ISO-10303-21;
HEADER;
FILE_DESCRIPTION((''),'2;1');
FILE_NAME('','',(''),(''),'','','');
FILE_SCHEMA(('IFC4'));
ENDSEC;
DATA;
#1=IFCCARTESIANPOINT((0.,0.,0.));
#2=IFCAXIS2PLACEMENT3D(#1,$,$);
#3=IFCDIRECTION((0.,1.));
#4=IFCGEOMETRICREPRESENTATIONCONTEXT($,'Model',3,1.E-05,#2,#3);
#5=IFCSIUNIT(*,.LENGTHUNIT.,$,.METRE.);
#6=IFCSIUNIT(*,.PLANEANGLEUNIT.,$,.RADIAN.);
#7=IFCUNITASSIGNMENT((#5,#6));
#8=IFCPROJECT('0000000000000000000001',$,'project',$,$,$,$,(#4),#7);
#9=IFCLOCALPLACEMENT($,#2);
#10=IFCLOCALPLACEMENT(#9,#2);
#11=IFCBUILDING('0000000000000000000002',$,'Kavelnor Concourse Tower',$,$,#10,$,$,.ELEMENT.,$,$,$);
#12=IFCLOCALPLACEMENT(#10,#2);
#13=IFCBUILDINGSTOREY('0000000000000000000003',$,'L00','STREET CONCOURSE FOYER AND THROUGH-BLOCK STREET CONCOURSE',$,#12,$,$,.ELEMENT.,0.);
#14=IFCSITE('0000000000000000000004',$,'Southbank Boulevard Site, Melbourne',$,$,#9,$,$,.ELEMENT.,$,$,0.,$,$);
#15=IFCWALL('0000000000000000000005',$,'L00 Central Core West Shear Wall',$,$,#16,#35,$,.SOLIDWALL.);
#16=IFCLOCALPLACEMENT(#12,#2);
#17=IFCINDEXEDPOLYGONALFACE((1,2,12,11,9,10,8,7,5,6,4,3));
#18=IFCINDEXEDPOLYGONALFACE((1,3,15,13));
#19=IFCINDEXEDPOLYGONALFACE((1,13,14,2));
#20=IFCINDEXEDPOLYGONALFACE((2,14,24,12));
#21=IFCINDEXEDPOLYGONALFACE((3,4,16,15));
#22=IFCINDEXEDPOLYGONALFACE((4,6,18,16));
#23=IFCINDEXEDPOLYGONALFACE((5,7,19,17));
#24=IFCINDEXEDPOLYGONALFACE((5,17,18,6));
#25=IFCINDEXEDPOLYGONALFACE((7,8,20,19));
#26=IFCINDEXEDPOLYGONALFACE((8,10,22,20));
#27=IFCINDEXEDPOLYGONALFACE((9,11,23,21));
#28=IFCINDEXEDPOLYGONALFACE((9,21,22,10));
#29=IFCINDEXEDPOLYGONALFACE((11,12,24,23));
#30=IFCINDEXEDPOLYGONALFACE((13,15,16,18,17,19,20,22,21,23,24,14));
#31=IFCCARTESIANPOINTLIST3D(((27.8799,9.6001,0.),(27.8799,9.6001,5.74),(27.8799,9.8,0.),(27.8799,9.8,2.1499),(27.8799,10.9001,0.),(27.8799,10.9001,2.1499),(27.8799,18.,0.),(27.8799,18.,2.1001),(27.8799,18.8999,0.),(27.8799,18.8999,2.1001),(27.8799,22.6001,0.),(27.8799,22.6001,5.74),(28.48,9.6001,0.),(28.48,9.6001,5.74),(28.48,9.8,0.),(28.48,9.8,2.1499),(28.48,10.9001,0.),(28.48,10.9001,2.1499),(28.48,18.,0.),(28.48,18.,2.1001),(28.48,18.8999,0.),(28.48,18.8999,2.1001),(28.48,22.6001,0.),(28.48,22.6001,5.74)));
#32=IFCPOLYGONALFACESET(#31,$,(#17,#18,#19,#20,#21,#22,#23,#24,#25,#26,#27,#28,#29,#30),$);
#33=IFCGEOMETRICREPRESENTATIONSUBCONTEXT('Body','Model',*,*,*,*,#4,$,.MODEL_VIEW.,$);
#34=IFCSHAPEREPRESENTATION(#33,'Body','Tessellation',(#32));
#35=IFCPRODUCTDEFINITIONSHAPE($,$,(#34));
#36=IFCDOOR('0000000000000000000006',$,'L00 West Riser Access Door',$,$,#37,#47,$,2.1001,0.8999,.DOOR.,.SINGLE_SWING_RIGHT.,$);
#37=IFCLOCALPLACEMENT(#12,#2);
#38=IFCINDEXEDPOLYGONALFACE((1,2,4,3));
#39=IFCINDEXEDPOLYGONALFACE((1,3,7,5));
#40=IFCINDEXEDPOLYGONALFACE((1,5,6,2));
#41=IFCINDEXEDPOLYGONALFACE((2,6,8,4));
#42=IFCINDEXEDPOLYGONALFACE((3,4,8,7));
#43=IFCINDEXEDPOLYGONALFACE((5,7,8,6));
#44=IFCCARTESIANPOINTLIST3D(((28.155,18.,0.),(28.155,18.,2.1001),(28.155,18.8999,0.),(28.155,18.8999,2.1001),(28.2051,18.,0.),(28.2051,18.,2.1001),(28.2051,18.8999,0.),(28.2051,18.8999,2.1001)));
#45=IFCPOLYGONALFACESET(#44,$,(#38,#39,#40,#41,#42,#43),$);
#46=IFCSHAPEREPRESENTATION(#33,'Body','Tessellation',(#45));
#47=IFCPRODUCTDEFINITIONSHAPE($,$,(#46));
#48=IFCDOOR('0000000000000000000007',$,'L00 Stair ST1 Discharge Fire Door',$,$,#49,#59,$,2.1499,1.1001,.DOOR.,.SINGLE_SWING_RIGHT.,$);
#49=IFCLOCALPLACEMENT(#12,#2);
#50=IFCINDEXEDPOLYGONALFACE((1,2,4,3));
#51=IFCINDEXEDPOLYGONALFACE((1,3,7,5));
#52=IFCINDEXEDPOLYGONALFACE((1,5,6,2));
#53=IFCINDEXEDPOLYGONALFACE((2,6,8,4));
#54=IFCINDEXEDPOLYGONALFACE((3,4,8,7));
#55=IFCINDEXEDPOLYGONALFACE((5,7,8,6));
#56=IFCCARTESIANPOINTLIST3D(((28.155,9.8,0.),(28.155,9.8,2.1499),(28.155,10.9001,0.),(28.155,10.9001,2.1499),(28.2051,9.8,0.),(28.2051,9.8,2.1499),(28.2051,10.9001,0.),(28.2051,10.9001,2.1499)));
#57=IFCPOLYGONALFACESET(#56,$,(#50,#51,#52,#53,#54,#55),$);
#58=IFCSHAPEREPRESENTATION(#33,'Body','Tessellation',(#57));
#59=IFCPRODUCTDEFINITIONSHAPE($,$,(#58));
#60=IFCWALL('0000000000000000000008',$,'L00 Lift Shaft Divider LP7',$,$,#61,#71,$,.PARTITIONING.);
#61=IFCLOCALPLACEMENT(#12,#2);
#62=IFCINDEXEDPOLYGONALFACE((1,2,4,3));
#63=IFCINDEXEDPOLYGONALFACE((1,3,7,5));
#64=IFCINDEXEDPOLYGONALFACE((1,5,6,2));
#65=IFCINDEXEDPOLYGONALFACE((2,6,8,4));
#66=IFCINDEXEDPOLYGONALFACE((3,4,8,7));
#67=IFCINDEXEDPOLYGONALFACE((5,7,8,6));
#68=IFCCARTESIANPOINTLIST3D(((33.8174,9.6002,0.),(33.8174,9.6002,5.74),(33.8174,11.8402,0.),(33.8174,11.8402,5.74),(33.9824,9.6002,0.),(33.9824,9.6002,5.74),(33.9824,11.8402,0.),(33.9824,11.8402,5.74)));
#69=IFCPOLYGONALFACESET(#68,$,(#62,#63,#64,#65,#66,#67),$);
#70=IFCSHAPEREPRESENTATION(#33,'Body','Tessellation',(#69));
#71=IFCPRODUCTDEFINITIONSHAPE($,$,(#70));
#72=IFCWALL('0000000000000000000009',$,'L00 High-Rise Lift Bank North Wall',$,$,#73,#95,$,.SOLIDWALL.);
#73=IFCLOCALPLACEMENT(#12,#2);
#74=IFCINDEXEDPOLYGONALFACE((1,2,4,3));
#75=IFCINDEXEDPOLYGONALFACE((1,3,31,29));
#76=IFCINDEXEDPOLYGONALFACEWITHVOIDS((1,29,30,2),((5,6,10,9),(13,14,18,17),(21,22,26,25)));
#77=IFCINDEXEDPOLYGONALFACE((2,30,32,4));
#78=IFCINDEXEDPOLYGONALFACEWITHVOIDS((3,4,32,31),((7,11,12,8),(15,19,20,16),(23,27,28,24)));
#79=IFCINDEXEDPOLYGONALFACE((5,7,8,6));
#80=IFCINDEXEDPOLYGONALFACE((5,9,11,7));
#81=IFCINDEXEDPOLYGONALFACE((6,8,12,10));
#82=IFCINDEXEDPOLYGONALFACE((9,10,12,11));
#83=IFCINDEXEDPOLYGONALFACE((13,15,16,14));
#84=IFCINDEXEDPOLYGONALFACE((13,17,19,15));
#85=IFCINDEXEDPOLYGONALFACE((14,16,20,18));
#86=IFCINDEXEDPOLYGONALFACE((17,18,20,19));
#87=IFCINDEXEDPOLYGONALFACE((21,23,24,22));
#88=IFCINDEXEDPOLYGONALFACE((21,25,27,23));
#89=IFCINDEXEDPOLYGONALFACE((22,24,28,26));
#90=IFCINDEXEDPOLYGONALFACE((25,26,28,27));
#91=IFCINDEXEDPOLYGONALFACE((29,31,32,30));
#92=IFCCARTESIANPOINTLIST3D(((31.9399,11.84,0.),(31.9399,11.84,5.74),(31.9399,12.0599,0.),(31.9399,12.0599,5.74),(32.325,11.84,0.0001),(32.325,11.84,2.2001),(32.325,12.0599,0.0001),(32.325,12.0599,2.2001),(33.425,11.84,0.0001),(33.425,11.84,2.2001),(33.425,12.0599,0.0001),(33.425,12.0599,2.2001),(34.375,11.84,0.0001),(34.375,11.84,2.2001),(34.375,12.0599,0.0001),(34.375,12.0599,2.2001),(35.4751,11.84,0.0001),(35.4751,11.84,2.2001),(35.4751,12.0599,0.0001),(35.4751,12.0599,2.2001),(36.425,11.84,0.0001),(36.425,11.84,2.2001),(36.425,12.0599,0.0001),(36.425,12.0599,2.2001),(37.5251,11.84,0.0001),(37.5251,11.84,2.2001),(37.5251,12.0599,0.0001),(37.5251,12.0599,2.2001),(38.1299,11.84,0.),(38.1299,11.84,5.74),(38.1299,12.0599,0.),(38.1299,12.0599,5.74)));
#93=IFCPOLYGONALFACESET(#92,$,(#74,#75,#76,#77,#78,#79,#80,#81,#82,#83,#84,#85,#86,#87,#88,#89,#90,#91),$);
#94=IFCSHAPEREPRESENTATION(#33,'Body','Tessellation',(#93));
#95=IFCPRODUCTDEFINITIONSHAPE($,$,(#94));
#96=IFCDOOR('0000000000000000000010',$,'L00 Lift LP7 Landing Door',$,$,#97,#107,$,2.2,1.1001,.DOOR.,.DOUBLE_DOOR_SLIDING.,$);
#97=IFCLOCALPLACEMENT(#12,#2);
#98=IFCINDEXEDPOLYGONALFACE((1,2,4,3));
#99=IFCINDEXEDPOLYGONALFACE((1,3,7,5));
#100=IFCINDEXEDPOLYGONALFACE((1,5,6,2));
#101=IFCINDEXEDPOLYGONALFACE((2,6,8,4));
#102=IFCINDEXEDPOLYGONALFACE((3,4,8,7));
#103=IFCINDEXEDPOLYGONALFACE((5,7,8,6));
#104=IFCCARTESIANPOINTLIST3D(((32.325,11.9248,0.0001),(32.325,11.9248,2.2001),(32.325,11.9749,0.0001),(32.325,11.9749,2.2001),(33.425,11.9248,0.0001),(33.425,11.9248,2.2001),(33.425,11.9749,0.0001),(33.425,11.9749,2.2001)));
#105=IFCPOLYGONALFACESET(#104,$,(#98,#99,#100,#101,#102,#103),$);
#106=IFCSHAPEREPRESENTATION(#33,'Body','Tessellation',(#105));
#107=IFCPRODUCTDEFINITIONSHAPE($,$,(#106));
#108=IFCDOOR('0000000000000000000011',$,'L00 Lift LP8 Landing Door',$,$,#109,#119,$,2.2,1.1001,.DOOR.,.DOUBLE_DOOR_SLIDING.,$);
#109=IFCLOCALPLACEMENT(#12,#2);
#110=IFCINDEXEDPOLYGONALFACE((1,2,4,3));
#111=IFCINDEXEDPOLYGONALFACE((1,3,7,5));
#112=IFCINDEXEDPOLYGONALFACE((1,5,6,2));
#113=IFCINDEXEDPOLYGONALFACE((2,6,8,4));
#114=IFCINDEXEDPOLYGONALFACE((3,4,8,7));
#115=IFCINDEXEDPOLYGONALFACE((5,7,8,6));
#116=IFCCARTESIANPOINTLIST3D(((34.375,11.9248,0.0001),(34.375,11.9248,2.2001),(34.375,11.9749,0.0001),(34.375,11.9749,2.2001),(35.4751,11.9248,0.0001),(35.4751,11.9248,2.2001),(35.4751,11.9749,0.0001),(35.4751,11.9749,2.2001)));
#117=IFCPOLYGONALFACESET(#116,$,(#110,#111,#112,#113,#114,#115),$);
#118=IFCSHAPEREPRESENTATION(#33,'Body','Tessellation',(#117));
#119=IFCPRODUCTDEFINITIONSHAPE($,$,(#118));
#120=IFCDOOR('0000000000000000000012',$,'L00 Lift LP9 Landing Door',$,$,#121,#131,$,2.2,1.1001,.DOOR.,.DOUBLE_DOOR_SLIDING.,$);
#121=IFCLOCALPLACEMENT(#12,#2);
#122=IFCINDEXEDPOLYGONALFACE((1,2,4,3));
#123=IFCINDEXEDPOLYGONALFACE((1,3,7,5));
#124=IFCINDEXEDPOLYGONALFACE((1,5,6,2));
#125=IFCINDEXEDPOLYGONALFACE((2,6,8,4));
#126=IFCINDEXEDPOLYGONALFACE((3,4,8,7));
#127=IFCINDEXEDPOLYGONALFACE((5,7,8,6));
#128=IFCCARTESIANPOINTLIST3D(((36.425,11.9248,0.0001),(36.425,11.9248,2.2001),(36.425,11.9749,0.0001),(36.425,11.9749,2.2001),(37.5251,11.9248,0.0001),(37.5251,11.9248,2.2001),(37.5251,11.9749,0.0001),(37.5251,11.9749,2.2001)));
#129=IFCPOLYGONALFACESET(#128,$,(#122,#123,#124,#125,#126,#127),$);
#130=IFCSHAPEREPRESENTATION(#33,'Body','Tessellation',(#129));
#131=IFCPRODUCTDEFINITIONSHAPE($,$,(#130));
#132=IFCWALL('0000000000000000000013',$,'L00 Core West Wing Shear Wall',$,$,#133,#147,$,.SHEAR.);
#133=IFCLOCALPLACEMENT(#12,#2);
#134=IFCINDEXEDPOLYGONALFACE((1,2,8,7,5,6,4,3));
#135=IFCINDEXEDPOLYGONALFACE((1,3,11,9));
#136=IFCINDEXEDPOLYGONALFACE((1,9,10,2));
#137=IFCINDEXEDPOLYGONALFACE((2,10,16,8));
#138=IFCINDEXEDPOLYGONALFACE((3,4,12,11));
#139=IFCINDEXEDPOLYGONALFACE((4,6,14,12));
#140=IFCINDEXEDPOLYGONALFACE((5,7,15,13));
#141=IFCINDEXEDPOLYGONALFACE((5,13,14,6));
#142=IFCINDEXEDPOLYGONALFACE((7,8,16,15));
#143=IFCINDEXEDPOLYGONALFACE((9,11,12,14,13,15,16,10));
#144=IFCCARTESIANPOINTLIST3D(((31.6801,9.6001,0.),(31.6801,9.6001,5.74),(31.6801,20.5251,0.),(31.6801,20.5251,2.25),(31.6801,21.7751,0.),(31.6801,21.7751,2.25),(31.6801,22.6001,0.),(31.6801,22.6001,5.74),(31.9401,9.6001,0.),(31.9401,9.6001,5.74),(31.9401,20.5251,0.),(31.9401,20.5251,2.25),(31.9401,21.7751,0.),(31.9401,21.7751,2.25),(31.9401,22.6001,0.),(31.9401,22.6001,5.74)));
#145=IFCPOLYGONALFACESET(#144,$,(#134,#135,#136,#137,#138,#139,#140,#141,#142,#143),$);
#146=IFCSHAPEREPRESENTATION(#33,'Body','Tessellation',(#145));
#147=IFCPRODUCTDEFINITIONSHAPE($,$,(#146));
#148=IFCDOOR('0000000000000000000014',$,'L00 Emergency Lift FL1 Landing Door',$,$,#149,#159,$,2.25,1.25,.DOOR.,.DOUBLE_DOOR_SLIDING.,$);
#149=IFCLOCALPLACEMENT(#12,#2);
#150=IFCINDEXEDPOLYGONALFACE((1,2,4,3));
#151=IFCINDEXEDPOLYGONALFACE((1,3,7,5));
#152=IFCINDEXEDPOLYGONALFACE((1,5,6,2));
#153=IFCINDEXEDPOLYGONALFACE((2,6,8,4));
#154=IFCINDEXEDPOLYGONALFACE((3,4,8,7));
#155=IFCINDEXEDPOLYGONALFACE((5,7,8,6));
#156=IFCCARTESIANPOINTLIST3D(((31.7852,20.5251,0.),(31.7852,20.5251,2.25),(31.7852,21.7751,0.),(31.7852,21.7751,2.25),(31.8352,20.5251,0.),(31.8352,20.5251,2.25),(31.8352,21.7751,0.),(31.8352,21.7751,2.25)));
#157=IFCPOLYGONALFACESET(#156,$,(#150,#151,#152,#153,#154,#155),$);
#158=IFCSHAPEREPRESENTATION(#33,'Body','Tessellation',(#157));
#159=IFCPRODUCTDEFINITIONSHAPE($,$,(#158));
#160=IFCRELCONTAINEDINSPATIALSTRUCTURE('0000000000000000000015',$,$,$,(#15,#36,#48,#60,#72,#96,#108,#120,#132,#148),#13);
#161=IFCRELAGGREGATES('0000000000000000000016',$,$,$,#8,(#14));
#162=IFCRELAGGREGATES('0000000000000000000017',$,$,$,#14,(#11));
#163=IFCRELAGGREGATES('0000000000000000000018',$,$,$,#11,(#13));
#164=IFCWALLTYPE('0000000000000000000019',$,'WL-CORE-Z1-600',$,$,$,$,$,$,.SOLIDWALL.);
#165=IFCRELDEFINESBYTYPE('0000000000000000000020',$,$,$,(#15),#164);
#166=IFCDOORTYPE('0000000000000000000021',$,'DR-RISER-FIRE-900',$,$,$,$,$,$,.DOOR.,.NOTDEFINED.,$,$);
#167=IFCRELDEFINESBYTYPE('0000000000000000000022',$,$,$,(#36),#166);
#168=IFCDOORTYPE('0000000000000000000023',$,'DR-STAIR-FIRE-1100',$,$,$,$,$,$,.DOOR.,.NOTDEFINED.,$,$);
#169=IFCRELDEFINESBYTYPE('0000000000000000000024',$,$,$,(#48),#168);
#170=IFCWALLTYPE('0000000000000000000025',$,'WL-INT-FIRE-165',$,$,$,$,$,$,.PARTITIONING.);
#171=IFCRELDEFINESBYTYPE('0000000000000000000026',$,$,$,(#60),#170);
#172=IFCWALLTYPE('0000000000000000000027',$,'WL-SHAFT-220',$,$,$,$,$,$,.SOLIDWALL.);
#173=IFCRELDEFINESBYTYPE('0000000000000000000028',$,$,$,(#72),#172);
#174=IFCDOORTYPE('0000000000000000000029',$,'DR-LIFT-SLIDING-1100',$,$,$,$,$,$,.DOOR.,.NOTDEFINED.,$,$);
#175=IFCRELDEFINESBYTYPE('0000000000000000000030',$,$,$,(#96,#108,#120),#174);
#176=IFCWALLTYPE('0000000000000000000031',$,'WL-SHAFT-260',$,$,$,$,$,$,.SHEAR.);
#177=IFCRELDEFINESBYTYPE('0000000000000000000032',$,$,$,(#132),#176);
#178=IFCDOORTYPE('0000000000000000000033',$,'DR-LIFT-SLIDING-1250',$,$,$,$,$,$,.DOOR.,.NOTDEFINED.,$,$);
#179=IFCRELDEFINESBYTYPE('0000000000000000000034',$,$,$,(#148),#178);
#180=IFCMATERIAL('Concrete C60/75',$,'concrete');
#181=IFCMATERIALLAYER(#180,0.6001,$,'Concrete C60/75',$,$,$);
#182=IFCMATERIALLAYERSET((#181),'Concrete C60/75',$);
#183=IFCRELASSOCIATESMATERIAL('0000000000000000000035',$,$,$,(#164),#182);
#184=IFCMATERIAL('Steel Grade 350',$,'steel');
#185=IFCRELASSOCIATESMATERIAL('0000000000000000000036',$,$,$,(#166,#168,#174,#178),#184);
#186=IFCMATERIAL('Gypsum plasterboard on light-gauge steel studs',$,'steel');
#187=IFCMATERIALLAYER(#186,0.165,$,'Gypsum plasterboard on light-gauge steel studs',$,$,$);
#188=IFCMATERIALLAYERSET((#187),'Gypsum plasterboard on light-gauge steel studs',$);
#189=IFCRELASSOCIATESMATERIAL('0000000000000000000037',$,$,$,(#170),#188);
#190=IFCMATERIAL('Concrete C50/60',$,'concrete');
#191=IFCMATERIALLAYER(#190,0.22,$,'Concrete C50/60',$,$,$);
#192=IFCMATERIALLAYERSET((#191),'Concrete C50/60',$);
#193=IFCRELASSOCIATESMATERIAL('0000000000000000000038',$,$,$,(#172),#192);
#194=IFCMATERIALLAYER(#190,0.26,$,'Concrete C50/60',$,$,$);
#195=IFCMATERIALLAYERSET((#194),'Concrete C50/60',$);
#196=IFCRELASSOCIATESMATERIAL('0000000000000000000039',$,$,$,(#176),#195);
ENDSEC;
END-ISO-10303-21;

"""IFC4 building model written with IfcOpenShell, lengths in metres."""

from ifc_helpers import new_model, si_unit, direction, frame, frame_2d, origin, place, context, subcontext, project, spatial, rectangle, extrude, material, layer, layer_set, type_object, element, fill, save


model = new_model("IFC4")

# Units and contexts
model_context = context("Model", 3, precision=1e-05, world=origin(), true_north=direction((0.0, 1.0)))
body_context = subcontext(model_context, "Body", "Model", "MODEL_VIEW")
ifc_project = project(units=[si_unit("LENGTHUNIT", "METRE"), si_unit("PLANEANGLEUNIT", "RADIAN")], contexts=[model_context])

# Site, building, storey
site_placement = place(None, origin())
site = spatial("IfcSite", under=ifc_project, at=site_placement, Name="Southbank Boulevard Site, Melbourne", CompositionType="ELEMENT", RefElevation=0.0)
building_placement = place(site_placement, origin())
building = spatial("IfcBuilding", under=site, at=building_placement, Name="Kavelnor Concourse Tower", CompositionType="ELEMENT")
storey_placement = place(building_placement, origin())
storey = spatial("IfcBuildingStorey", under=building, at=storey_placement, Name="L00", Description="STREET CONCOURSE FOYER AND THROUGH-BLOCK STREET CONCOURSE", CompositionType="ELEMENT", Elevation=0.0)

# Wall, openings, doors
ifc_material_1 = material(Name="Concrete C60/75", Category="concrete")
ifc_layer_1 = layer(ifc_material_1, 0.6001, Name="Concrete C60/75")
ifc_layer_set_1 = layer_set([ifc_layer_1], Name="Concrete C60/75")
wall_type_1 = type_object("IfcWallType", Name="WL-CORE-Z1-600", PredefinedType="SOLIDWALL", material=ifc_layer_set_1)
wall_1_placement = place(storey_placement, frame((28.1799, 9.6001, 0.0), z_axis=(0.0, 0.0, 1.0), x_axis=(0.0, 1.0, 0.0)))
wall_1 = element("IfcWall", 1, at=wall_1_placement, inside=storey, type_object=wall_type_1, Name="L00 Central Core West Shear Wall", PredefinedType="SOLIDWALL", context=body_context, shape_type="SweptSolid", body=[
    extrude(rectangle(XDim=13.0, YDim=0.6001, at=frame_2d((6.5, 0.0))), origin(), (0.0, 0.0, 1.0), 5.74),
])
opening_1_placement = place(wall_1_placement, frame((8.3999, 0.0, 0.0)))
opening_1 = element("IfcOpeningElement", 2, at=opening_1_placement, cuts=wall_1, PredefinedType="OPENING", context=body_context, shape_type="SweptSolid", body=[
    extrude(rectangle(XDim=0.8999, YDim=2.1001, at=frame_2d((0.45, 1.05))), frame((0.0, 0.3101, 0.0), z_axis=(0.0, -1.0, 0.0), x_axis=(1.0, 0.0, 0.0)), (0.0, 0.0, 1.0), 0.6201),
])
opening_2_placement = place(wall_1_placement, frame((0.2, 0.0, 0.0)))
opening_2 = element("IfcOpeningElement", 3, at=opening_2_placement, cuts=wall_1, PredefinedType="OPENING", context=body_context, shape_type="SweptSolid", body=[
    extrude(rectangle(XDim=1.1001, YDim=2.1499, at=frame_2d((0.55, 1.075))), frame((0.0, 0.3101, 0.0), z_axis=(0.0, -1.0, 0.0), x_axis=(1.0, 0.0, 0.0)), (0.0, 0.0, 1.0), 0.6201),
])
ifc_material_2 = material(Name="Steel Grade 350", Category="steel")
door_type_1 = type_object("IfcDoorType", Name="DR-RISER-FIRE-900", OperationType="NOTDEFINED", PredefinedType="DOOR", material=ifc_material_2)
door_1_placement = place(opening_1_placement, origin())
door_1 = element("IfcDoor", 4, at=door_1_placement, inside=storey, type_object=door_type_1, Name="L00 West Riser Access Door", OperationType="SINGLE_SWING_RIGHT", OverallHeight=2.1001, OverallWidth=0.8999, PredefinedType="DOOR", context=body_context, shape_type="SweptSolid", body=[
    extrude(rectangle(XDim=0.8999, YDim=2.1001, at=frame_2d((0.45, 1.05))), frame((0.0, 0.0249, 0.0), z_axis=(0.0, -1.0, 0.0), x_axis=(1.0, 0.0, 0.0)), (0.0, 0.0, 1.0), 0.05),
])
fill(opening_1, door_1)
door_type_2 = type_object("IfcDoorType", Name="DR-STAIR-FIRE-1100", OperationType="NOTDEFINED", PredefinedType="DOOR", material=ifc_material_2)
door_2_placement = place(opening_2_placement, origin())
door_2 = element("IfcDoor", 5, at=door_2_placement, inside=storey, type_object=door_type_2, Name="L00 Stair ST1 Discharge Fire Door", OperationType="SINGLE_SWING_RIGHT", OverallHeight=2.1499, OverallWidth=1.1001, PredefinedType="DOOR", context=body_context, shape_type="SweptSolid", body=[
    extrude(rectangle(XDim=1.1001, YDim=2.1499, at=frame_2d((0.55, 1.075))), frame((0.0, 0.0249, 0.0), z_axis=(0.0, -1.0, 0.0), x_axis=(1.0, 0.0, 0.0)), (0.0, 0.0, 1.0), 0.05),
])
fill(opening_2, door_2)

# Wall
ifc_material_3 = material(Name="Gypsum plasterboard on light-gauge steel studs", Category="steel")
ifc_layer_2 = layer(ifc_material_3, 0.165, Name="Gypsum plasterboard on light-gauge steel studs")
ifc_layer_set_2 = layer_set([ifc_layer_2], Name="Gypsum plasterboard on light-gauge steel studs")
wall_type_2 = type_object("IfcWallType", Name="WL-INT-FIRE-165", PredefinedType="PARTITIONING", material=ifc_layer_set_2)
wall_2_placement = place(storey_placement, frame((33.8999, 9.6001, 0.0), z_axis=(0.0, 0.0, 1.0), x_axis=(0.0, 1.0, 0.0)))
element("IfcWall", 6, at=wall_2_placement, inside=storey, type_object=wall_type_2, Name="L00 Lift Shaft Divider LP7", PredefinedType="PARTITIONING", context=body_context, shape_type="SweptSolid", body=[
    extrude(rectangle(XDim=2.24, YDim=0.165, at=frame_2d((1.1201, 0.0))), origin(), (0.0, 0.0, 1.0), 5.74),
])

# Wall, openings, doors
ifc_material_4 = material(Name="Concrete C50/60", Category="concrete")
ifc_layer_3 = layer(ifc_material_4, 0.22, Name="Concrete C50/60")
ifc_layer_set_3 = layer_set([ifc_layer_3], Name="Concrete C50/60")
wall_type_3 = type_object("IfcWallType", Name="WL-SHAFT-220", PredefinedType="SOLIDWALL", material=ifc_layer_set_3)
wall_3_placement = place(storey_placement, frame((31.9399, 11.95, 0.0), z_axis=(0.0, 0.0, 1.0), x_axis=(1.0, 0.0, 0.0)))
wall_3 = element("IfcWall", 7, at=wall_3_placement, inside=storey, type_object=wall_type_3, Name="L00 High-Rise Lift Bank North Wall", PredefinedType="SOLIDWALL", context=body_context, shape_type="SweptSolid", body=[
    extrude(rectangle(XDim=6.1899, YDim=0.22, at=frame_2d((3.095, 0.0))), origin(), (0.0, 0.0, 1.0), 5.74),
])
opening_3_placement = place(wall_3_placement, frame((0.385, 0.0, 0.0)))
opening_3 = element("IfcOpeningElement", 8, at=opening_3_placement, cuts=wall_3, PredefinedType="OPENING", context=body_context, shape_type="SweptSolid", body=[
    extrude(rectangle(XDim=1.1001, YDim=2.2, at=frame_2d((0.55, 1.1001))), frame((0.0, 0.1201, 0.0), z_axis=(0.0, -1.0, 0.0), x_axis=(1.0, 0.0, 0.0)), (0.0, 0.0, 1.0), 0.24),
])
opening_4_placement = place(wall_3_placement, frame((2.4351, 0.0, 0.0)))
opening_4 = element("IfcOpeningElement", 9, at=opening_4_placement, cuts=wall_3, PredefinedType="OPENING", context=body_context, shape_type="SweptSolid", body=[
    extrude(rectangle(XDim=1.1001, YDim=2.2, at=frame_2d((0.55, 1.1001))), frame((0.0, 0.1201, 0.0), z_axis=(0.0, -1.0, 0.0), x_axis=(1.0, 0.0, 0.0)), (0.0, 0.0, 1.0), 0.24),
])
opening_5_placement = place(wall_3_placement, frame((4.4851, 0.0, 0.0)))
opening_5 = element("IfcOpeningElement", 10, at=opening_5_placement, cuts=wall_3, PredefinedType="OPENING", context=body_context, shape_type="SweptSolid", body=[
    extrude(rectangle(XDim=1.1001, YDim=2.2, at=frame_2d((0.55, 1.1001))), frame((0.0, 0.1201, 0.0), z_axis=(0.0, -1.0, 0.0), x_axis=(1.0, 0.0, 0.0)), (0.0, 0.0, 1.0), 0.24),
])
door_type_3 = type_object("IfcDoorType", Name="DR-LIFT-SLIDING-1100", OperationType="NOTDEFINED", PredefinedType="DOOR", material=ifc_material_2)
door_3_placement = place(opening_3_placement, origin())
door_3 = element("IfcDoor", 11, at=door_3_placement, inside=storey, type_object=door_type_3, Name="L00 Lift LP7 Landing Door", OperationType="DOUBLE_DOOR_SLIDING", OverallHeight=2.2, OverallWidth=1.1001, PredefinedType="DOOR", context=body_context, shape_type="SweptSolid", body=[
    extrude(rectangle(XDim=1.1001, YDim=2.2, at=frame_2d((0.55, 1.1001))), frame((0.0, 0.0249, 0.0), z_axis=(0.0, -1.0, 0.0), x_axis=(1.0, 0.0, 0.0)), (0.0, 0.0, 1.0), 0.05),
])
fill(opening_3, door_3)
door_4_placement = place(opening_4_placement, origin())
door_4 = element("IfcDoor", 12, at=door_4_placement, inside=storey, type_object=door_type_3, Name="L00 Lift LP8 Landing Door", OperationType="DOUBLE_DOOR_SLIDING", OverallHeight=2.2, OverallWidth=1.1001, PredefinedType="DOOR", context=body_context, shape_type="SweptSolid", body=[
    extrude(rectangle(XDim=1.1001, YDim=2.2, at=frame_2d((0.55, 1.1001))), frame((0.0, 0.0249, 0.0), z_axis=(0.0, -1.0, 0.0), x_axis=(1.0, 0.0, 0.0)), (0.0, 0.0, 1.0), 0.05),
])
fill(opening_4, door_4)
door_5_placement = place(opening_5_placement, origin())
door_5 = element("IfcDoor", 13, at=door_5_placement, inside=storey, type_object=door_type_3, Name="L00 Lift LP9 Landing Door", OperationType="DOUBLE_DOOR_SLIDING", OverallHeight=2.2, OverallWidth=1.1001, PredefinedType="DOOR", context=body_context, shape_type="SweptSolid", body=[
    extrude(rectangle(XDim=1.1001, YDim=2.2, at=frame_2d((0.55, 1.1001))), frame((0.0, 0.0249, 0.0), z_axis=(0.0, -1.0, 0.0), x_axis=(1.0, 0.0, 0.0)), (0.0, 0.0, 1.0), 0.05),
])
fill(opening_5, door_5)

# Wall, opening, door
ifc_layer_4 = layer(ifc_material_4, 0.26, Name="Concrete C50/60")
ifc_layer_set_4 = layer_set([ifc_layer_4], Name="Concrete C50/60")
wall_type_4 = type_object("IfcWallType", Name="WL-SHAFT-260", PredefinedType="SHEAR", material=ifc_layer_set_4)
wall_4_placement = place(storey_placement, frame((31.8101, 9.6001, 0.0), z_axis=(0.0, 0.0, 1.0), x_axis=(0.0, 1.0, 0.0)))
wall_4 = element("IfcWall", 14, at=wall_4_placement, inside=storey, type_object=wall_type_4, Name="L00 Core West Wing Shear Wall", PredefinedType="SHEAR", context=body_context, shape_type="SweptSolid", body=[
    extrude(rectangle(XDim=13.0, YDim=0.26, at=frame_2d((6.5, 0.0))), origin(), (0.0, 0.0, 1.0), 5.74),
])
opening_6_placement = place(wall_4_placement, frame((10.925, 0.0, 0.0)))
opening_6 = element("IfcOpeningElement", 15, at=opening_6_placement, cuts=wall_4, PredefinedType="OPENING", context=body_context, shape_type="SweptSolid", body=[
    extrude(rectangle(XDim=1.25, YDim=2.25, at=frame_2d((0.625, 1.125))), frame((0.0, 0.1401, 0.0), z_axis=(0.0, -1.0, 0.0), x_axis=(1.0, 0.0, 0.0)), (0.0, 0.0, 1.0), 0.28),
])
door_type_4 = type_object("IfcDoorType", Name="DR-LIFT-SLIDING-1250", OperationType="NOTDEFINED", PredefinedType="DOOR", material=ifc_material_2)
door_6_placement = place(opening_6_placement, origin())
door_6 = element("IfcDoor", 16, at=door_6_placement, inside=storey, type_object=door_type_4, Name="L00 Emergency Lift FL1 Landing Door", OperationType="DOUBLE_DOOR_SLIDING", OverallHeight=2.25, OverallWidth=1.25, PredefinedType="DOOR", context=body_context, shape_type="SweptSolid", body=[
    extrude(rectangle(XDim=1.25, YDim=2.25, at=frame_2d((0.625, 1.125))), frame((0.0, 0.0249, 0.0), z_axis=(0.0, -1.0, 0.0), x_axis=(1.0, 0.0, 0.0)), (0.0, 0.0, 1.0), 0.05),
])
fill(opening_6, door_6)

save(model, "model.ifc")
